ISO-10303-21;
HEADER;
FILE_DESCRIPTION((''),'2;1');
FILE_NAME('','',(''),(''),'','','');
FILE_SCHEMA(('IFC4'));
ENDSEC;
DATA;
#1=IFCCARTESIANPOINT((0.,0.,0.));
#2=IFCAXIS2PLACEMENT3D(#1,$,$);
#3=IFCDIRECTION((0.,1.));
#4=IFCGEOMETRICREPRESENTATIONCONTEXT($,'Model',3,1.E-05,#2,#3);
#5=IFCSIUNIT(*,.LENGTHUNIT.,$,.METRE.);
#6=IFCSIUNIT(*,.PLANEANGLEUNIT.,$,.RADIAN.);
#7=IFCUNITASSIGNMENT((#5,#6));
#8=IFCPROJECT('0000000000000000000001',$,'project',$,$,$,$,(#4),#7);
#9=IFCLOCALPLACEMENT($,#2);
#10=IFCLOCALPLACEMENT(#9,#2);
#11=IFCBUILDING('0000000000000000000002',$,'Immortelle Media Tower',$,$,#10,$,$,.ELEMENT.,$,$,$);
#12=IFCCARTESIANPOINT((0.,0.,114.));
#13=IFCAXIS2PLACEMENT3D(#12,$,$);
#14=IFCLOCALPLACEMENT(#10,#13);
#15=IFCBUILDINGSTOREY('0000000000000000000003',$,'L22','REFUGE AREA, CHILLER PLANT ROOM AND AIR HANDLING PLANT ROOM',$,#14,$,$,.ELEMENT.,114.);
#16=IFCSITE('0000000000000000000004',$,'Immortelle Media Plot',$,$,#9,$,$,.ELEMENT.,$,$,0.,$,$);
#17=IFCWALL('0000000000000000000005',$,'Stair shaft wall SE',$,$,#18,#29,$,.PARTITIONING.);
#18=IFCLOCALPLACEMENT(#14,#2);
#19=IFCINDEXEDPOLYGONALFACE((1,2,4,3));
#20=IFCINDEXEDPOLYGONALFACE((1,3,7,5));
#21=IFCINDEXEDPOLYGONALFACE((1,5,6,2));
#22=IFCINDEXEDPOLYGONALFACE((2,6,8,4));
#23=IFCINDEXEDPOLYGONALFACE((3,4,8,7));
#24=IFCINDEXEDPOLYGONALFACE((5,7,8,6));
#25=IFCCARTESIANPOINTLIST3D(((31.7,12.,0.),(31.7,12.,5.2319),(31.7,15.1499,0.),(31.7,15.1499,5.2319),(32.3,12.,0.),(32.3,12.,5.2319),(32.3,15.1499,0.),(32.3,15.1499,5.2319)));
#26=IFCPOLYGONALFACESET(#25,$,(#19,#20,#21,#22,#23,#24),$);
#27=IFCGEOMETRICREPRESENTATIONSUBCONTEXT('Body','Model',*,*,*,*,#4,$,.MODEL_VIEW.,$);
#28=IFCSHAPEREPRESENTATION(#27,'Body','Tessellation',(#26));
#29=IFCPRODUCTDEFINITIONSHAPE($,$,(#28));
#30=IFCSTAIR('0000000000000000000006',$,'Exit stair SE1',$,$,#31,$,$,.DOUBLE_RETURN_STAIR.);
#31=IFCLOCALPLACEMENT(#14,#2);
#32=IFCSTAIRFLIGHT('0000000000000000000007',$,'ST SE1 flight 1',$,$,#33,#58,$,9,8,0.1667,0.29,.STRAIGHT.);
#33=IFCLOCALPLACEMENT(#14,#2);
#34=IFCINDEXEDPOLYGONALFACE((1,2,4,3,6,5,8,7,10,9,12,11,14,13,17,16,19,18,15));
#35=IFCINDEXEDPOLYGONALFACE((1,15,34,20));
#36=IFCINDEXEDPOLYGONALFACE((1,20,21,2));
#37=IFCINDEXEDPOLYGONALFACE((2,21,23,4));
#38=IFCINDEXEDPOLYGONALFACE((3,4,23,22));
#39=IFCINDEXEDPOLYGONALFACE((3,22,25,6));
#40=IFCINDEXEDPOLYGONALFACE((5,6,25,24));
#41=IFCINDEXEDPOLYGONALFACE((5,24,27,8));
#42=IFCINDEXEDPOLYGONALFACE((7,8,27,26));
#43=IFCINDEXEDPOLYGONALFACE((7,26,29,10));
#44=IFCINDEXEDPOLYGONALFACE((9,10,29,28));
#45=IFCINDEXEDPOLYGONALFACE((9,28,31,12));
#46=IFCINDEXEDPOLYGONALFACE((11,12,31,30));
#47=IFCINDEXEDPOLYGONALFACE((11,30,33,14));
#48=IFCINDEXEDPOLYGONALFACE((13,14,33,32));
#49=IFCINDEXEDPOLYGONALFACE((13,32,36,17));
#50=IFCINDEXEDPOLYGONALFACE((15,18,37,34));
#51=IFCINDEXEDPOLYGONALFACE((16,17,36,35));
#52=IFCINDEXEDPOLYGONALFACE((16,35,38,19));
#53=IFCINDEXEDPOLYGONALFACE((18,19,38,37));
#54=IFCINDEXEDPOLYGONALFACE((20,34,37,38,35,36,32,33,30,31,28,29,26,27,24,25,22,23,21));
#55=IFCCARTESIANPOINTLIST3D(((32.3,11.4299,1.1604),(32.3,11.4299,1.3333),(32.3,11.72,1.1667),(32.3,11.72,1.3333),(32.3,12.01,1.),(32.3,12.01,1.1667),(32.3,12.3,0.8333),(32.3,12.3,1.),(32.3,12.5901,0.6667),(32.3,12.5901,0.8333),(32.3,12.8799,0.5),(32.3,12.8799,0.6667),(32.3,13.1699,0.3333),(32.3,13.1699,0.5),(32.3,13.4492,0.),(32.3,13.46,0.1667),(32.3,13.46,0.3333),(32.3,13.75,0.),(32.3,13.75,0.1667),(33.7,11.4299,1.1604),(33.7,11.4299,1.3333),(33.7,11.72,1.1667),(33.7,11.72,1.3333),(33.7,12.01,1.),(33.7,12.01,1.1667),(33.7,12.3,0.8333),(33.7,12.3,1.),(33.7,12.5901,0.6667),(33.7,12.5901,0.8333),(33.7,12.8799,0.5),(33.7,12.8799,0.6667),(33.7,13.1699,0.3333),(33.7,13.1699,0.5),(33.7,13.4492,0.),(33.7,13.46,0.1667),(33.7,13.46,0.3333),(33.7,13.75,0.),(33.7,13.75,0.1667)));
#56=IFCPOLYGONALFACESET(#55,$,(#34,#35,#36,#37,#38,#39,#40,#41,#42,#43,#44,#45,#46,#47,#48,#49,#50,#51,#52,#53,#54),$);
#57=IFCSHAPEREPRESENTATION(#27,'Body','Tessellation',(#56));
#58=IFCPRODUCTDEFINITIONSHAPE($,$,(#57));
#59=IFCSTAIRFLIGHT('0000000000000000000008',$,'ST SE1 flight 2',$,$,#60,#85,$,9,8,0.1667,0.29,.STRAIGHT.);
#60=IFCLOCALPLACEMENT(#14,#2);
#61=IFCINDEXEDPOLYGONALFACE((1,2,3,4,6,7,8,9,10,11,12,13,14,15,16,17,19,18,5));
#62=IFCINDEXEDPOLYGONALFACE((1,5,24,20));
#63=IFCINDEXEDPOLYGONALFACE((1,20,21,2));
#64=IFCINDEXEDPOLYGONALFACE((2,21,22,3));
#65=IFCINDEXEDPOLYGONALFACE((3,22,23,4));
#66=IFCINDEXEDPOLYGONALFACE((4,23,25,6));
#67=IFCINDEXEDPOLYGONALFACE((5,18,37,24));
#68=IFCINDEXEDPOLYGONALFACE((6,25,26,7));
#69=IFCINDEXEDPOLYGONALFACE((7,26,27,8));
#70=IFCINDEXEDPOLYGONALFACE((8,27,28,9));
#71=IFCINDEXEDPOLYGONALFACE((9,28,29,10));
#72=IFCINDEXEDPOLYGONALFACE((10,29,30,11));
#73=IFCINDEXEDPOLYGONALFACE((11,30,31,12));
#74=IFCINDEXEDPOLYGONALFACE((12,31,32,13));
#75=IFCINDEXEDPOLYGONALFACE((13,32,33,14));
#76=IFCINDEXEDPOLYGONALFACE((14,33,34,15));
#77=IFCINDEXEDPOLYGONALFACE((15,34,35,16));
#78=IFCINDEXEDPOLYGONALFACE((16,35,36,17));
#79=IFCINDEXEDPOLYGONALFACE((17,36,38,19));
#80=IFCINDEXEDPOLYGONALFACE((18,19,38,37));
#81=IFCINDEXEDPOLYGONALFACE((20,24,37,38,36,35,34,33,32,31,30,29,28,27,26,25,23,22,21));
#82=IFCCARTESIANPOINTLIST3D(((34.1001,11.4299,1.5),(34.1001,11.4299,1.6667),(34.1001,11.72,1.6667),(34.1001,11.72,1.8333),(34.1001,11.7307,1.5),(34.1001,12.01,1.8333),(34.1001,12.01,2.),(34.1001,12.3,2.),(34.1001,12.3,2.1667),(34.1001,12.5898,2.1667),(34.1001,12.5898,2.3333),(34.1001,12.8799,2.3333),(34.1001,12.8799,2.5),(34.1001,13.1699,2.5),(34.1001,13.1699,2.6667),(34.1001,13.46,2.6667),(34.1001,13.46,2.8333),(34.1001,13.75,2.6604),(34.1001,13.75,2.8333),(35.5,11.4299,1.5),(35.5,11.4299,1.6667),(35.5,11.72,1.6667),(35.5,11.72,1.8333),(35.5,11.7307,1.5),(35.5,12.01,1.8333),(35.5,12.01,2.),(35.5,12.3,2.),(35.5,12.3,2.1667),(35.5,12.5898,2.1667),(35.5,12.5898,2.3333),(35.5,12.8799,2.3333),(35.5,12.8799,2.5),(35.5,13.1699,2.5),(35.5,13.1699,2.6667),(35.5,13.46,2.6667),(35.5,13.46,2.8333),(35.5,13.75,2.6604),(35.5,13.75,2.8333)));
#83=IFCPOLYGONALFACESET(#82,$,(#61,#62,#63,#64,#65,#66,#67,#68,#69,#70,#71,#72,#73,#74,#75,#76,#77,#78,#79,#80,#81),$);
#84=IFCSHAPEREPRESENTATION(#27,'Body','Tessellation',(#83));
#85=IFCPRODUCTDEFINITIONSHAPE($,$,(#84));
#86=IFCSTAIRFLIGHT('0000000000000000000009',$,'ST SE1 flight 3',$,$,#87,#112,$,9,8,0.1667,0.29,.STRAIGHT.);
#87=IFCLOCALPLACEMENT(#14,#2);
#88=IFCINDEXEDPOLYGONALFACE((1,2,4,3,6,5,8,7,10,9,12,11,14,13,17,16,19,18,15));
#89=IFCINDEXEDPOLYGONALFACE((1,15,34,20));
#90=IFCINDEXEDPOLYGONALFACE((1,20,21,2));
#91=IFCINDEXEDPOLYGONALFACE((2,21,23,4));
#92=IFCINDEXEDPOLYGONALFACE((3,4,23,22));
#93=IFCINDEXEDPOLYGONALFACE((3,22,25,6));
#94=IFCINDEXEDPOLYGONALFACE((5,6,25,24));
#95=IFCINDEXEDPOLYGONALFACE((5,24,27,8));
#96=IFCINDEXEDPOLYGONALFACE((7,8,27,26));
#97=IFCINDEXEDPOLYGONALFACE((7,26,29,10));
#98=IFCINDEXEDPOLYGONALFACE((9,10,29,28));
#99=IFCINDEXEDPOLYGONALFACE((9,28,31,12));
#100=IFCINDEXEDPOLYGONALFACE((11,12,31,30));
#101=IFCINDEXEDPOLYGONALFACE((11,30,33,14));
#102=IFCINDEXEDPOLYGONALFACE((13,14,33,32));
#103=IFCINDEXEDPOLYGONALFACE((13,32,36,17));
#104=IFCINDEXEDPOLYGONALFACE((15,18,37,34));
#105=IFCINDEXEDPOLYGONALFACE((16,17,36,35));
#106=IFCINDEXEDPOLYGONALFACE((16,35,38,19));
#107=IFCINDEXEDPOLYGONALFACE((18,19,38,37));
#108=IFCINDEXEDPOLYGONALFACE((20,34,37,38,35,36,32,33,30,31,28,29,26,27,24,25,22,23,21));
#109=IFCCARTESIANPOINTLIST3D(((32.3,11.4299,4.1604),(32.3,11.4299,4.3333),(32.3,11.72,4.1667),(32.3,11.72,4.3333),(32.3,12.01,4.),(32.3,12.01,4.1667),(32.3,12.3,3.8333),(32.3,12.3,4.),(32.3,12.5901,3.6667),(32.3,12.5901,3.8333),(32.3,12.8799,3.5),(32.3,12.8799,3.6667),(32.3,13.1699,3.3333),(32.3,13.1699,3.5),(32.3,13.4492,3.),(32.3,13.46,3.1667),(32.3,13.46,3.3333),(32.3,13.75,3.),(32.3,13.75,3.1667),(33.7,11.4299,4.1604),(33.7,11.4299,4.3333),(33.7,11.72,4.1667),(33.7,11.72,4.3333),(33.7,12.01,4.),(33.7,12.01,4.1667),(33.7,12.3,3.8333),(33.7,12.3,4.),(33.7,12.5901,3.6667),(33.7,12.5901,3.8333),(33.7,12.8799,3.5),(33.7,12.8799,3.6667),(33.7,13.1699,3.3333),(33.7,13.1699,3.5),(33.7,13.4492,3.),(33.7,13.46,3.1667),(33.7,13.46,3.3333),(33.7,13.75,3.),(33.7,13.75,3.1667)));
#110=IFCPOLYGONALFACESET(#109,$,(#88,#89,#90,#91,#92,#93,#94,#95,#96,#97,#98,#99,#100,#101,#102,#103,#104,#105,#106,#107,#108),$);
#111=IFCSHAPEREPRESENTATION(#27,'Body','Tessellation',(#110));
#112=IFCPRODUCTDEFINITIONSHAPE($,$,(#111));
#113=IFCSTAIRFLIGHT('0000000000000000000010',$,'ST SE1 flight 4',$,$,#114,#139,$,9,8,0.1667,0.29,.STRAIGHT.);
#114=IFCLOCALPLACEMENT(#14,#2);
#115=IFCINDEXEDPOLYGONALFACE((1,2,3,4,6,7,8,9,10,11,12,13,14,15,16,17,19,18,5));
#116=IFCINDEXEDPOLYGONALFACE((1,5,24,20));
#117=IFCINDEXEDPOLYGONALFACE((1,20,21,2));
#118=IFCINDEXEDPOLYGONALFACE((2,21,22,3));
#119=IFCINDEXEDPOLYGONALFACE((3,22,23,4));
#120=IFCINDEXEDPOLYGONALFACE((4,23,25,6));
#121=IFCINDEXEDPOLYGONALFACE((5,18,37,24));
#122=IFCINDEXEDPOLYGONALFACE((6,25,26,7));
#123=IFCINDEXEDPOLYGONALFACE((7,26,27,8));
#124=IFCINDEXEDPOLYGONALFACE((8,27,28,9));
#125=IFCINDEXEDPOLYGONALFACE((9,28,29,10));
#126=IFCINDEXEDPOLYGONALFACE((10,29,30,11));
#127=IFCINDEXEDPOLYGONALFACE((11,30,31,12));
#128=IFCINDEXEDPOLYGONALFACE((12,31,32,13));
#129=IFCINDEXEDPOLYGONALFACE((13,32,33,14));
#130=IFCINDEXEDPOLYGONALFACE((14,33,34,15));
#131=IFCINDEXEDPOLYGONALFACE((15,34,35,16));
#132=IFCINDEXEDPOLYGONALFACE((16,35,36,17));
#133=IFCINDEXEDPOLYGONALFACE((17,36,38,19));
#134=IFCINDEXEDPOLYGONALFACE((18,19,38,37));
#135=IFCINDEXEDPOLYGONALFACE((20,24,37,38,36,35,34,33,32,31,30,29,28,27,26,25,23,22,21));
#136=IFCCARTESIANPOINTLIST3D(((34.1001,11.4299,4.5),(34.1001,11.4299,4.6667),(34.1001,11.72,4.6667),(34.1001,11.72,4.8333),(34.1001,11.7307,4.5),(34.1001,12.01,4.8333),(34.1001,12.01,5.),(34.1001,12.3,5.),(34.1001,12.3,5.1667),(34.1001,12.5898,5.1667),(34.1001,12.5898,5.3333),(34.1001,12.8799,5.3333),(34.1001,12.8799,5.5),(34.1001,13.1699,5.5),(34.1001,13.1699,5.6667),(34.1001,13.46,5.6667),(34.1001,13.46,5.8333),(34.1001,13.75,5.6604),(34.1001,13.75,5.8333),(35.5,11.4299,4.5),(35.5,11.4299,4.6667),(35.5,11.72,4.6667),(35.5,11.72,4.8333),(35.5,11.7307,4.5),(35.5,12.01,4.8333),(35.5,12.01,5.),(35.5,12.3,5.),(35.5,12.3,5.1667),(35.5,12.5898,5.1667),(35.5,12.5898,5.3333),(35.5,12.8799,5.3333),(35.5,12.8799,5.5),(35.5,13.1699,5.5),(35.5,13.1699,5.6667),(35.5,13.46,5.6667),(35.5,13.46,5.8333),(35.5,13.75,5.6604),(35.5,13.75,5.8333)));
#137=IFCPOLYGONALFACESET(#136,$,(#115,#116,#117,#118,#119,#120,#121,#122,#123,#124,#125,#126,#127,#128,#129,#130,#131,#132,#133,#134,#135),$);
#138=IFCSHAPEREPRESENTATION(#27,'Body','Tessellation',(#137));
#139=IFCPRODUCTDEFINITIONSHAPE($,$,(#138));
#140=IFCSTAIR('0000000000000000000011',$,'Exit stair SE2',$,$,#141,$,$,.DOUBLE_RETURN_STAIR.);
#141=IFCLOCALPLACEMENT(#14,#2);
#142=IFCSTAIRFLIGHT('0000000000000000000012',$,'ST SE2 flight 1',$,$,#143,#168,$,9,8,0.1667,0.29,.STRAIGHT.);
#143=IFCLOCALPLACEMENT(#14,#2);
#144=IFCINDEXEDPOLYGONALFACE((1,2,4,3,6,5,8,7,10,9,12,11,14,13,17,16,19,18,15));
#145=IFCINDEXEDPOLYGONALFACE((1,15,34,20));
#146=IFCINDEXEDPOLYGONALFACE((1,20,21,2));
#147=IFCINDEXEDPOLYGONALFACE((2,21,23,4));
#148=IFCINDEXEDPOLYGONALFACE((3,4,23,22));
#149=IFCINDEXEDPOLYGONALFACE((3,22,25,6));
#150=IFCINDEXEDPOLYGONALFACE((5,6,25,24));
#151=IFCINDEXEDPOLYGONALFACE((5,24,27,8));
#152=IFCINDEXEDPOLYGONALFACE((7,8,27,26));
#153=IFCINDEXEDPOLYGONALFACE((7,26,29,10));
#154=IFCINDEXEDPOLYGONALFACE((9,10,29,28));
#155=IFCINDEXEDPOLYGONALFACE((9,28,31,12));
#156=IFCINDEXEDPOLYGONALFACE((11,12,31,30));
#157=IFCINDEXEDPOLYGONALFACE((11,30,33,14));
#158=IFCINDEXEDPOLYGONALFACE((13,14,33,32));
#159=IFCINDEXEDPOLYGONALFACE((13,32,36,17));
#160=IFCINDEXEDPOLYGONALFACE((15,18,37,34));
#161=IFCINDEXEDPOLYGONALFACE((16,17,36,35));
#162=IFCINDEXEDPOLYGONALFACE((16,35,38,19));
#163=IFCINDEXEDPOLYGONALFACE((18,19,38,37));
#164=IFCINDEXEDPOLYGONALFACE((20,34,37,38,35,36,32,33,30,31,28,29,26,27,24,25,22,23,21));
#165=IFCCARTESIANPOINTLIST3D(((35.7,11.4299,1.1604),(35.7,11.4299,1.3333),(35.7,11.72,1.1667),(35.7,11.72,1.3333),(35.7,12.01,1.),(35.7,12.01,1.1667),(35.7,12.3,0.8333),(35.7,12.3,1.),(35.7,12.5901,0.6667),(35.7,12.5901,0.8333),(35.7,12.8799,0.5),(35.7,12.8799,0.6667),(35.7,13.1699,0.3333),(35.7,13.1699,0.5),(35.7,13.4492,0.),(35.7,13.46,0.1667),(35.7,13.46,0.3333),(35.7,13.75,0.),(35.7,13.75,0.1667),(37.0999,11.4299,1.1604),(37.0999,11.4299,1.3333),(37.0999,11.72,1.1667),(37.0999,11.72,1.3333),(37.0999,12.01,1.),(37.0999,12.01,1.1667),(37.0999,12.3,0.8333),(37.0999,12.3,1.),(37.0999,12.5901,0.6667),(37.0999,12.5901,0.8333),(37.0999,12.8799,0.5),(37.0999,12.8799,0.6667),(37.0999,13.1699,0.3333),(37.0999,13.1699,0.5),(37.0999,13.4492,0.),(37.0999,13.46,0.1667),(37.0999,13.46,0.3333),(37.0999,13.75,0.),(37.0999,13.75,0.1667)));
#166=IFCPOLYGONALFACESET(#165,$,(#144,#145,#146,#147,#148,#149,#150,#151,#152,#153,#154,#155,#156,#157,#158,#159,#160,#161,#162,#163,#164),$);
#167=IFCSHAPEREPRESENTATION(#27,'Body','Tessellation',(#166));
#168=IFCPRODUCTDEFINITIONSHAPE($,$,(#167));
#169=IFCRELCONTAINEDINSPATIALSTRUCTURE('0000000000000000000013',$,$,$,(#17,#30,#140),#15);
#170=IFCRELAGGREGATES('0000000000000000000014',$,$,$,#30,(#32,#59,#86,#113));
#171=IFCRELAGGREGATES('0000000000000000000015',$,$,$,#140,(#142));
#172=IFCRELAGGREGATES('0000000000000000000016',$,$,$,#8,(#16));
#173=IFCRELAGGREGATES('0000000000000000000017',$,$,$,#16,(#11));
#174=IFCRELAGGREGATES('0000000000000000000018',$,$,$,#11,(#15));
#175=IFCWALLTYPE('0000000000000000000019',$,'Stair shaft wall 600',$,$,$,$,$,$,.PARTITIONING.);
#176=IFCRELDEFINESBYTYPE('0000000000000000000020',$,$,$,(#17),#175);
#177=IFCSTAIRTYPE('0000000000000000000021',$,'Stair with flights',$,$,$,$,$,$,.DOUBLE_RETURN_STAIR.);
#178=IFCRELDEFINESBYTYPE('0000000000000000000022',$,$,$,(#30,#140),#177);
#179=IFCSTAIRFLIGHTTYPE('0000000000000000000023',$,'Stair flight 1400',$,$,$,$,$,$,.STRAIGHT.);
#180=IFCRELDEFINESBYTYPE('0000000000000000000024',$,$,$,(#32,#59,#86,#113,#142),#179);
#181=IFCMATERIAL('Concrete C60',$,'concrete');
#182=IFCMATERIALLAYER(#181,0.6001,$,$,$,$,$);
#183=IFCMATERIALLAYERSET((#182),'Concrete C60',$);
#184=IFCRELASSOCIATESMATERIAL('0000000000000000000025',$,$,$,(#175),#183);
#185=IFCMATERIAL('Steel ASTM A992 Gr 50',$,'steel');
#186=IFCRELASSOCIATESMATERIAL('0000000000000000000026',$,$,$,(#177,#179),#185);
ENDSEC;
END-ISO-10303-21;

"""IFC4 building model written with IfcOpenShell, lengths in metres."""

from ifc_helpers import new_model, si_unit, direction, frame, frame_2d, origin, place, context, subcontext, project, spatial, polyline, rectangle, outline, extrude, material, layer, layer_set, type_object, element, aggregate, save


model = new_model("IFC4")

# Units and contexts
model_context = context("Model", 3, precision=1e-05, world=origin(), true_north=direction((0.0, 1.0)))
body_context = subcontext(model_context, "Body", "Model", "MODEL_VIEW")
ifc_project = project(units=[si_unit("LENGTHUNIT", "METRE"), si_unit("PLANEANGLEUNIT", "RADIAN")], contexts=[model_context])

# Site, building, storey
site_placement = place(None, origin())
site = spatial("IfcSite", under=ifc_project, at=site_placement, Name="Immortelle Media Plot", CompositionType="ELEMENT", RefElevation=0.0)
building_placement = place(site_placement, origin())
building = spatial("IfcBuilding", under=site, at=building_placement, Name="Immortelle Media Tower", CompositionType="ELEMENT")
storey_placement = place(building_placement, frame((0.0, 0.0, 114.0)))
storey = spatial("IfcBuildingStorey", under=building, at=storey_placement, Name="L22", Description="REFUGE AREA, CHILLER PLANT ROOM AND AIR HANDLING PLANT ROOM", CompositionType="ELEMENT", Elevation=114.0)

# Shared definitions
ifc_material_1 = material(Name="Steel ASTM A992 Gr 50", Category="steel")

# Wall
ifc_material_2 = material(Name="Concrete C60", Category="concrete")
ifc_layer_1 = layer(ifc_material_2, 0.6001)
ifc_layer_set_1 = layer_set([ifc_layer_1], Name="Concrete C60")
wall_type_1 = type_object("IfcWallType", Name="Stair shaft wall 600", PredefinedType="PARTITIONING", material=ifc_layer_set_1)
wall_1_placement = place(storey_placement, frame((32.0, 12.0, 0.0), z_axis=(0.0, 0.0, 1.0), x_axis=(0.0, 1.0, 0.0)))
element("IfcWall", 1, at=wall_1_placement, inside=storey, type_object=wall_type_1, Name="Stair shaft wall SE", PredefinedType="PARTITIONING", context=body_context, shape_type="SweptSolid", body=[
    extrude(rectangle(XDim=3.1499, YDim=0.6001, at=frame_2d((1.575, 0.0))), origin(), (0.0, 0.0, 1.0), 5.2319),
])

# Stairs, stair flights
stair_type = type_object("IfcStairType", Name="Stair with flights", PredefinedType="DOUBLE_RETURN_STAIR", material=ifc_material_1)
stair_1_placement = place(storey_placement, origin())
stair_1 = element("IfcStair", 2, at=stair_1_placement, inside=storey, type_object=stair_type, Name="Exit stair SE1", PredefinedType="DOUBLE_RETURN_STAIR")
stair_flight_type = type_object("IfcStairFlightType", Name="Stair flight 1400", PredefinedType="STRAIGHT", material=ifc_material_1)
stair_flight_1_placement = place(storey_placement, frame((33.0, 13.75, 0.0), z_axis=(0.0, 0.0, 1.0), x_axis=(0.0, -1.0, 0.0)))
stair_flight_1 = element("IfcStairFlight", 3, at=stair_flight_1_placement, type_object=stair_flight_type, Name="ST SE1 flight 1", NumberOfRisers=9, NumberOfTreads=8, PredefinedType="STRAIGHT", RiserHeight=0.1667, TreadLength=0.29, context=body_context, shape_type="SweptSolid", body=[
    extrude(outline(polyline([(0.0, 0.0), (0.0, 0.1667), (0.29, 0.1667), (0.29, 0.3333), (0.5801, 0.3333), (0.5801, 0.5), (0.8701, 0.5), (0.8701, 0.6667), (1.1599, 0.6667), (1.1599, 0.8333), (1.45, 0.8333), (1.45, 1.0), (1.74, 1.0), (1.74, 1.1667), (2.03, 1.1667), (2.03, 1.3333), (2.3201, 1.3333), (2.3201, 1.5), (2.3201, 1.1604), (0.3008, 0.0), (0.0, 0.0)])), frame((0.0, 0.7, 0.0), z_axis=(0.0, -1.0, 0.0), x_axis=(1.0, 0.0, 0.0)), (0.0, 0.0, 1.0), 1.3999),
])
stair_flight_2_placement = place(storey_placement, frame((34.8, 11.4299, 1.5), z_axis=(0.0, 0.0, 1.0), x_axis=(0.0, 1.0, 0.0)))
stair_flight_2 = element("IfcStairFlight", 4, at=stair_flight_2_placement, type_object=stair_flight_type, Name="ST SE1 flight 2", NumberOfRisers=9, NumberOfTreads=8, PredefinedType="STRAIGHT", RiserHeight=0.1667, TreadLength=0.29, context=body_context, shape_type="SweptSolid", body=[
    extrude(outline(polyline([(0.0, 0.0), (0.0, 0.1667), (0.29, 0.1667), (0.29, 0.3333), (0.5801, 0.3333), (0.5801, 0.5), (0.8701, 0.5), (0.8701, 0.6667), (1.1599, 0.6667), (1.1599, 0.8333), (1.45, 0.8333), (1.45, 1.0), (1.74, 1.0), (1.74, 1.1667), (2.03, 1.1667), (2.03, 1.3333), (2.3201, 1.3333), (2.3201, 1.5), (2.3201, 1.1604), (0.3008, 0.0), (0.0, 0.0)])), frame((0.0, 0.7, 0.0), z_axis=(0.0, -1.0, 0.0), x_axis=(1.0, 0.0, 0.0)), (0.0, 0.0, 1.0), 1.3999),
])
stair_flight_3_placement = place(storey_placement, frame((33.0, 13.75, 3.0), z_axis=(0.0, 0.0, 1.0), x_axis=(0.0, -1.0, 0.0)))
stair_flight_3 = element("IfcStairFlight", 5, at=stair_flight_3_placement, type_object=stair_flight_type, Name="ST SE1 flight 3", NumberOfRisers=9, NumberOfTreads=8, PredefinedType="STRAIGHT", RiserHeight=0.1667, TreadLength=0.29, context=body_context, shape_type="SweptSolid", body=[
    extrude(outline(polyline([(0.0, 0.0), (0.0, 0.1667), (0.29, 0.1667), (0.29, 0.3333), (0.5801, 0.3333), (0.5801, 0.5), (0.8701, 0.5), (0.8701, 0.6667), (1.1599, 0.6667), (1.1599, 0.8333), (1.45, 0.8333), (1.45, 1.0), (1.74, 1.0), (1.74, 1.1667), (2.03, 1.1667), (2.03, 1.3333), (2.3201, 1.3333), (2.3201, 1.5), (2.3201, 1.1604), (0.3008, 0.0), (0.0, 0.0)])), frame((0.0, 0.7, 0.0), z_axis=(0.0, -1.0, 0.0), x_axis=(1.0, 0.0, 0.0)), (0.0, 0.0, 1.0), 1.3999),
])
stair_flight_4_placement = place(storey_placement, frame((34.8, 11.4299, 4.5), z_axis=(0.0, 0.0, 1.0), x_axis=(0.0, 1.0, 0.0)))
stair_flight_4 = element("IfcStairFlight", 6, at=stair_flight_4_placement, type_object=stair_flight_type, Name="ST SE1 flight 4", NumberOfRisers=9, NumberOfTreads=8, PredefinedType="STRAIGHT", RiserHeight=0.1667, TreadLength=0.29, context=body_context, shape_type="SweptSolid", body=[
    extrude(outline(polyline([(0.0, 0.0), (0.0, 0.1667), (0.29, 0.1667), (0.29, 0.3333), (0.5801, 0.3333), (0.5801, 0.5), (0.8701, 0.5), (0.8701, 0.6667), (1.1599, 0.6667), (1.1599, 0.8333), (1.45, 0.8333), (1.45, 1.0), (1.74, 1.0), (1.74, 1.1667), (2.03, 1.1667), (2.03, 1.3333), (2.3201, 1.3333), (2.3201, 1.5), (2.3201, 1.1604), (0.3008, 0.0), (0.0, 0.0)])), frame((0.0, 0.7, 0.0), z_axis=(0.0, -1.0, 0.0), x_axis=(1.0, 0.0, 0.0)), (0.0, 0.0, 1.0), 1.3999),
])
aggregate(stair_1, [stair_flight_1, stair_flight_2, stair_flight_3, stair_flight_4])
stair_2_placement = place(storey_placement, origin())
stair_2 = element("IfcStair", 7, at=stair_2_placement, inside=storey, type_object=stair_type, Name="Exit stair SE2", PredefinedType="DOUBLE_RETURN_STAIR")
stair_flight_5_placement = place(storey_placement, frame((36.3999, 13.75, 0.0), z_axis=(0.0, 0.0, 1.0), x_axis=(0.0, -1.0, 0.0)))
stair_flight_5 = element("IfcStairFlight", 8, at=stair_flight_5_placement, type_object=stair_flight_type, Name="ST SE2 flight 1", NumberOfRisers=9, NumberOfTreads=8, PredefinedType="STRAIGHT", RiserHeight=0.1667, TreadLength=0.29, context=body_context, shape_type="SweptSolid", body=[
    extrude(outline(polyline([(0.0, 0.0), (0.0, 0.1667), (0.29, 0.1667), (0.29, 0.3333), (0.5801, 0.3333), (0.5801, 0.5), (0.8701, 0.5), (0.8701, 0.6667), (1.1599, 0.6667), (1.1599, 0.8333), (1.45, 0.8333), (1.45, 1.0), (1.74, 1.0), (1.74, 1.1667), (2.03, 1.1667), (2.03, 1.3333), (2.3201, 1.3333), (2.3201, 1.5), (2.3201, 1.1604), (0.3008, 0.0), (0.0, 0.0)])), frame((0.0, 0.7, 0.0), z_axis=(0.0, -1.0, 0.0), x_axis=(1.0, 0.0, 0.0)), (0.0, 0.0, 1.0), 1.3999),
])
aggregate(stair_2, [stair_flight_5])

save(model, "model.ifc")
